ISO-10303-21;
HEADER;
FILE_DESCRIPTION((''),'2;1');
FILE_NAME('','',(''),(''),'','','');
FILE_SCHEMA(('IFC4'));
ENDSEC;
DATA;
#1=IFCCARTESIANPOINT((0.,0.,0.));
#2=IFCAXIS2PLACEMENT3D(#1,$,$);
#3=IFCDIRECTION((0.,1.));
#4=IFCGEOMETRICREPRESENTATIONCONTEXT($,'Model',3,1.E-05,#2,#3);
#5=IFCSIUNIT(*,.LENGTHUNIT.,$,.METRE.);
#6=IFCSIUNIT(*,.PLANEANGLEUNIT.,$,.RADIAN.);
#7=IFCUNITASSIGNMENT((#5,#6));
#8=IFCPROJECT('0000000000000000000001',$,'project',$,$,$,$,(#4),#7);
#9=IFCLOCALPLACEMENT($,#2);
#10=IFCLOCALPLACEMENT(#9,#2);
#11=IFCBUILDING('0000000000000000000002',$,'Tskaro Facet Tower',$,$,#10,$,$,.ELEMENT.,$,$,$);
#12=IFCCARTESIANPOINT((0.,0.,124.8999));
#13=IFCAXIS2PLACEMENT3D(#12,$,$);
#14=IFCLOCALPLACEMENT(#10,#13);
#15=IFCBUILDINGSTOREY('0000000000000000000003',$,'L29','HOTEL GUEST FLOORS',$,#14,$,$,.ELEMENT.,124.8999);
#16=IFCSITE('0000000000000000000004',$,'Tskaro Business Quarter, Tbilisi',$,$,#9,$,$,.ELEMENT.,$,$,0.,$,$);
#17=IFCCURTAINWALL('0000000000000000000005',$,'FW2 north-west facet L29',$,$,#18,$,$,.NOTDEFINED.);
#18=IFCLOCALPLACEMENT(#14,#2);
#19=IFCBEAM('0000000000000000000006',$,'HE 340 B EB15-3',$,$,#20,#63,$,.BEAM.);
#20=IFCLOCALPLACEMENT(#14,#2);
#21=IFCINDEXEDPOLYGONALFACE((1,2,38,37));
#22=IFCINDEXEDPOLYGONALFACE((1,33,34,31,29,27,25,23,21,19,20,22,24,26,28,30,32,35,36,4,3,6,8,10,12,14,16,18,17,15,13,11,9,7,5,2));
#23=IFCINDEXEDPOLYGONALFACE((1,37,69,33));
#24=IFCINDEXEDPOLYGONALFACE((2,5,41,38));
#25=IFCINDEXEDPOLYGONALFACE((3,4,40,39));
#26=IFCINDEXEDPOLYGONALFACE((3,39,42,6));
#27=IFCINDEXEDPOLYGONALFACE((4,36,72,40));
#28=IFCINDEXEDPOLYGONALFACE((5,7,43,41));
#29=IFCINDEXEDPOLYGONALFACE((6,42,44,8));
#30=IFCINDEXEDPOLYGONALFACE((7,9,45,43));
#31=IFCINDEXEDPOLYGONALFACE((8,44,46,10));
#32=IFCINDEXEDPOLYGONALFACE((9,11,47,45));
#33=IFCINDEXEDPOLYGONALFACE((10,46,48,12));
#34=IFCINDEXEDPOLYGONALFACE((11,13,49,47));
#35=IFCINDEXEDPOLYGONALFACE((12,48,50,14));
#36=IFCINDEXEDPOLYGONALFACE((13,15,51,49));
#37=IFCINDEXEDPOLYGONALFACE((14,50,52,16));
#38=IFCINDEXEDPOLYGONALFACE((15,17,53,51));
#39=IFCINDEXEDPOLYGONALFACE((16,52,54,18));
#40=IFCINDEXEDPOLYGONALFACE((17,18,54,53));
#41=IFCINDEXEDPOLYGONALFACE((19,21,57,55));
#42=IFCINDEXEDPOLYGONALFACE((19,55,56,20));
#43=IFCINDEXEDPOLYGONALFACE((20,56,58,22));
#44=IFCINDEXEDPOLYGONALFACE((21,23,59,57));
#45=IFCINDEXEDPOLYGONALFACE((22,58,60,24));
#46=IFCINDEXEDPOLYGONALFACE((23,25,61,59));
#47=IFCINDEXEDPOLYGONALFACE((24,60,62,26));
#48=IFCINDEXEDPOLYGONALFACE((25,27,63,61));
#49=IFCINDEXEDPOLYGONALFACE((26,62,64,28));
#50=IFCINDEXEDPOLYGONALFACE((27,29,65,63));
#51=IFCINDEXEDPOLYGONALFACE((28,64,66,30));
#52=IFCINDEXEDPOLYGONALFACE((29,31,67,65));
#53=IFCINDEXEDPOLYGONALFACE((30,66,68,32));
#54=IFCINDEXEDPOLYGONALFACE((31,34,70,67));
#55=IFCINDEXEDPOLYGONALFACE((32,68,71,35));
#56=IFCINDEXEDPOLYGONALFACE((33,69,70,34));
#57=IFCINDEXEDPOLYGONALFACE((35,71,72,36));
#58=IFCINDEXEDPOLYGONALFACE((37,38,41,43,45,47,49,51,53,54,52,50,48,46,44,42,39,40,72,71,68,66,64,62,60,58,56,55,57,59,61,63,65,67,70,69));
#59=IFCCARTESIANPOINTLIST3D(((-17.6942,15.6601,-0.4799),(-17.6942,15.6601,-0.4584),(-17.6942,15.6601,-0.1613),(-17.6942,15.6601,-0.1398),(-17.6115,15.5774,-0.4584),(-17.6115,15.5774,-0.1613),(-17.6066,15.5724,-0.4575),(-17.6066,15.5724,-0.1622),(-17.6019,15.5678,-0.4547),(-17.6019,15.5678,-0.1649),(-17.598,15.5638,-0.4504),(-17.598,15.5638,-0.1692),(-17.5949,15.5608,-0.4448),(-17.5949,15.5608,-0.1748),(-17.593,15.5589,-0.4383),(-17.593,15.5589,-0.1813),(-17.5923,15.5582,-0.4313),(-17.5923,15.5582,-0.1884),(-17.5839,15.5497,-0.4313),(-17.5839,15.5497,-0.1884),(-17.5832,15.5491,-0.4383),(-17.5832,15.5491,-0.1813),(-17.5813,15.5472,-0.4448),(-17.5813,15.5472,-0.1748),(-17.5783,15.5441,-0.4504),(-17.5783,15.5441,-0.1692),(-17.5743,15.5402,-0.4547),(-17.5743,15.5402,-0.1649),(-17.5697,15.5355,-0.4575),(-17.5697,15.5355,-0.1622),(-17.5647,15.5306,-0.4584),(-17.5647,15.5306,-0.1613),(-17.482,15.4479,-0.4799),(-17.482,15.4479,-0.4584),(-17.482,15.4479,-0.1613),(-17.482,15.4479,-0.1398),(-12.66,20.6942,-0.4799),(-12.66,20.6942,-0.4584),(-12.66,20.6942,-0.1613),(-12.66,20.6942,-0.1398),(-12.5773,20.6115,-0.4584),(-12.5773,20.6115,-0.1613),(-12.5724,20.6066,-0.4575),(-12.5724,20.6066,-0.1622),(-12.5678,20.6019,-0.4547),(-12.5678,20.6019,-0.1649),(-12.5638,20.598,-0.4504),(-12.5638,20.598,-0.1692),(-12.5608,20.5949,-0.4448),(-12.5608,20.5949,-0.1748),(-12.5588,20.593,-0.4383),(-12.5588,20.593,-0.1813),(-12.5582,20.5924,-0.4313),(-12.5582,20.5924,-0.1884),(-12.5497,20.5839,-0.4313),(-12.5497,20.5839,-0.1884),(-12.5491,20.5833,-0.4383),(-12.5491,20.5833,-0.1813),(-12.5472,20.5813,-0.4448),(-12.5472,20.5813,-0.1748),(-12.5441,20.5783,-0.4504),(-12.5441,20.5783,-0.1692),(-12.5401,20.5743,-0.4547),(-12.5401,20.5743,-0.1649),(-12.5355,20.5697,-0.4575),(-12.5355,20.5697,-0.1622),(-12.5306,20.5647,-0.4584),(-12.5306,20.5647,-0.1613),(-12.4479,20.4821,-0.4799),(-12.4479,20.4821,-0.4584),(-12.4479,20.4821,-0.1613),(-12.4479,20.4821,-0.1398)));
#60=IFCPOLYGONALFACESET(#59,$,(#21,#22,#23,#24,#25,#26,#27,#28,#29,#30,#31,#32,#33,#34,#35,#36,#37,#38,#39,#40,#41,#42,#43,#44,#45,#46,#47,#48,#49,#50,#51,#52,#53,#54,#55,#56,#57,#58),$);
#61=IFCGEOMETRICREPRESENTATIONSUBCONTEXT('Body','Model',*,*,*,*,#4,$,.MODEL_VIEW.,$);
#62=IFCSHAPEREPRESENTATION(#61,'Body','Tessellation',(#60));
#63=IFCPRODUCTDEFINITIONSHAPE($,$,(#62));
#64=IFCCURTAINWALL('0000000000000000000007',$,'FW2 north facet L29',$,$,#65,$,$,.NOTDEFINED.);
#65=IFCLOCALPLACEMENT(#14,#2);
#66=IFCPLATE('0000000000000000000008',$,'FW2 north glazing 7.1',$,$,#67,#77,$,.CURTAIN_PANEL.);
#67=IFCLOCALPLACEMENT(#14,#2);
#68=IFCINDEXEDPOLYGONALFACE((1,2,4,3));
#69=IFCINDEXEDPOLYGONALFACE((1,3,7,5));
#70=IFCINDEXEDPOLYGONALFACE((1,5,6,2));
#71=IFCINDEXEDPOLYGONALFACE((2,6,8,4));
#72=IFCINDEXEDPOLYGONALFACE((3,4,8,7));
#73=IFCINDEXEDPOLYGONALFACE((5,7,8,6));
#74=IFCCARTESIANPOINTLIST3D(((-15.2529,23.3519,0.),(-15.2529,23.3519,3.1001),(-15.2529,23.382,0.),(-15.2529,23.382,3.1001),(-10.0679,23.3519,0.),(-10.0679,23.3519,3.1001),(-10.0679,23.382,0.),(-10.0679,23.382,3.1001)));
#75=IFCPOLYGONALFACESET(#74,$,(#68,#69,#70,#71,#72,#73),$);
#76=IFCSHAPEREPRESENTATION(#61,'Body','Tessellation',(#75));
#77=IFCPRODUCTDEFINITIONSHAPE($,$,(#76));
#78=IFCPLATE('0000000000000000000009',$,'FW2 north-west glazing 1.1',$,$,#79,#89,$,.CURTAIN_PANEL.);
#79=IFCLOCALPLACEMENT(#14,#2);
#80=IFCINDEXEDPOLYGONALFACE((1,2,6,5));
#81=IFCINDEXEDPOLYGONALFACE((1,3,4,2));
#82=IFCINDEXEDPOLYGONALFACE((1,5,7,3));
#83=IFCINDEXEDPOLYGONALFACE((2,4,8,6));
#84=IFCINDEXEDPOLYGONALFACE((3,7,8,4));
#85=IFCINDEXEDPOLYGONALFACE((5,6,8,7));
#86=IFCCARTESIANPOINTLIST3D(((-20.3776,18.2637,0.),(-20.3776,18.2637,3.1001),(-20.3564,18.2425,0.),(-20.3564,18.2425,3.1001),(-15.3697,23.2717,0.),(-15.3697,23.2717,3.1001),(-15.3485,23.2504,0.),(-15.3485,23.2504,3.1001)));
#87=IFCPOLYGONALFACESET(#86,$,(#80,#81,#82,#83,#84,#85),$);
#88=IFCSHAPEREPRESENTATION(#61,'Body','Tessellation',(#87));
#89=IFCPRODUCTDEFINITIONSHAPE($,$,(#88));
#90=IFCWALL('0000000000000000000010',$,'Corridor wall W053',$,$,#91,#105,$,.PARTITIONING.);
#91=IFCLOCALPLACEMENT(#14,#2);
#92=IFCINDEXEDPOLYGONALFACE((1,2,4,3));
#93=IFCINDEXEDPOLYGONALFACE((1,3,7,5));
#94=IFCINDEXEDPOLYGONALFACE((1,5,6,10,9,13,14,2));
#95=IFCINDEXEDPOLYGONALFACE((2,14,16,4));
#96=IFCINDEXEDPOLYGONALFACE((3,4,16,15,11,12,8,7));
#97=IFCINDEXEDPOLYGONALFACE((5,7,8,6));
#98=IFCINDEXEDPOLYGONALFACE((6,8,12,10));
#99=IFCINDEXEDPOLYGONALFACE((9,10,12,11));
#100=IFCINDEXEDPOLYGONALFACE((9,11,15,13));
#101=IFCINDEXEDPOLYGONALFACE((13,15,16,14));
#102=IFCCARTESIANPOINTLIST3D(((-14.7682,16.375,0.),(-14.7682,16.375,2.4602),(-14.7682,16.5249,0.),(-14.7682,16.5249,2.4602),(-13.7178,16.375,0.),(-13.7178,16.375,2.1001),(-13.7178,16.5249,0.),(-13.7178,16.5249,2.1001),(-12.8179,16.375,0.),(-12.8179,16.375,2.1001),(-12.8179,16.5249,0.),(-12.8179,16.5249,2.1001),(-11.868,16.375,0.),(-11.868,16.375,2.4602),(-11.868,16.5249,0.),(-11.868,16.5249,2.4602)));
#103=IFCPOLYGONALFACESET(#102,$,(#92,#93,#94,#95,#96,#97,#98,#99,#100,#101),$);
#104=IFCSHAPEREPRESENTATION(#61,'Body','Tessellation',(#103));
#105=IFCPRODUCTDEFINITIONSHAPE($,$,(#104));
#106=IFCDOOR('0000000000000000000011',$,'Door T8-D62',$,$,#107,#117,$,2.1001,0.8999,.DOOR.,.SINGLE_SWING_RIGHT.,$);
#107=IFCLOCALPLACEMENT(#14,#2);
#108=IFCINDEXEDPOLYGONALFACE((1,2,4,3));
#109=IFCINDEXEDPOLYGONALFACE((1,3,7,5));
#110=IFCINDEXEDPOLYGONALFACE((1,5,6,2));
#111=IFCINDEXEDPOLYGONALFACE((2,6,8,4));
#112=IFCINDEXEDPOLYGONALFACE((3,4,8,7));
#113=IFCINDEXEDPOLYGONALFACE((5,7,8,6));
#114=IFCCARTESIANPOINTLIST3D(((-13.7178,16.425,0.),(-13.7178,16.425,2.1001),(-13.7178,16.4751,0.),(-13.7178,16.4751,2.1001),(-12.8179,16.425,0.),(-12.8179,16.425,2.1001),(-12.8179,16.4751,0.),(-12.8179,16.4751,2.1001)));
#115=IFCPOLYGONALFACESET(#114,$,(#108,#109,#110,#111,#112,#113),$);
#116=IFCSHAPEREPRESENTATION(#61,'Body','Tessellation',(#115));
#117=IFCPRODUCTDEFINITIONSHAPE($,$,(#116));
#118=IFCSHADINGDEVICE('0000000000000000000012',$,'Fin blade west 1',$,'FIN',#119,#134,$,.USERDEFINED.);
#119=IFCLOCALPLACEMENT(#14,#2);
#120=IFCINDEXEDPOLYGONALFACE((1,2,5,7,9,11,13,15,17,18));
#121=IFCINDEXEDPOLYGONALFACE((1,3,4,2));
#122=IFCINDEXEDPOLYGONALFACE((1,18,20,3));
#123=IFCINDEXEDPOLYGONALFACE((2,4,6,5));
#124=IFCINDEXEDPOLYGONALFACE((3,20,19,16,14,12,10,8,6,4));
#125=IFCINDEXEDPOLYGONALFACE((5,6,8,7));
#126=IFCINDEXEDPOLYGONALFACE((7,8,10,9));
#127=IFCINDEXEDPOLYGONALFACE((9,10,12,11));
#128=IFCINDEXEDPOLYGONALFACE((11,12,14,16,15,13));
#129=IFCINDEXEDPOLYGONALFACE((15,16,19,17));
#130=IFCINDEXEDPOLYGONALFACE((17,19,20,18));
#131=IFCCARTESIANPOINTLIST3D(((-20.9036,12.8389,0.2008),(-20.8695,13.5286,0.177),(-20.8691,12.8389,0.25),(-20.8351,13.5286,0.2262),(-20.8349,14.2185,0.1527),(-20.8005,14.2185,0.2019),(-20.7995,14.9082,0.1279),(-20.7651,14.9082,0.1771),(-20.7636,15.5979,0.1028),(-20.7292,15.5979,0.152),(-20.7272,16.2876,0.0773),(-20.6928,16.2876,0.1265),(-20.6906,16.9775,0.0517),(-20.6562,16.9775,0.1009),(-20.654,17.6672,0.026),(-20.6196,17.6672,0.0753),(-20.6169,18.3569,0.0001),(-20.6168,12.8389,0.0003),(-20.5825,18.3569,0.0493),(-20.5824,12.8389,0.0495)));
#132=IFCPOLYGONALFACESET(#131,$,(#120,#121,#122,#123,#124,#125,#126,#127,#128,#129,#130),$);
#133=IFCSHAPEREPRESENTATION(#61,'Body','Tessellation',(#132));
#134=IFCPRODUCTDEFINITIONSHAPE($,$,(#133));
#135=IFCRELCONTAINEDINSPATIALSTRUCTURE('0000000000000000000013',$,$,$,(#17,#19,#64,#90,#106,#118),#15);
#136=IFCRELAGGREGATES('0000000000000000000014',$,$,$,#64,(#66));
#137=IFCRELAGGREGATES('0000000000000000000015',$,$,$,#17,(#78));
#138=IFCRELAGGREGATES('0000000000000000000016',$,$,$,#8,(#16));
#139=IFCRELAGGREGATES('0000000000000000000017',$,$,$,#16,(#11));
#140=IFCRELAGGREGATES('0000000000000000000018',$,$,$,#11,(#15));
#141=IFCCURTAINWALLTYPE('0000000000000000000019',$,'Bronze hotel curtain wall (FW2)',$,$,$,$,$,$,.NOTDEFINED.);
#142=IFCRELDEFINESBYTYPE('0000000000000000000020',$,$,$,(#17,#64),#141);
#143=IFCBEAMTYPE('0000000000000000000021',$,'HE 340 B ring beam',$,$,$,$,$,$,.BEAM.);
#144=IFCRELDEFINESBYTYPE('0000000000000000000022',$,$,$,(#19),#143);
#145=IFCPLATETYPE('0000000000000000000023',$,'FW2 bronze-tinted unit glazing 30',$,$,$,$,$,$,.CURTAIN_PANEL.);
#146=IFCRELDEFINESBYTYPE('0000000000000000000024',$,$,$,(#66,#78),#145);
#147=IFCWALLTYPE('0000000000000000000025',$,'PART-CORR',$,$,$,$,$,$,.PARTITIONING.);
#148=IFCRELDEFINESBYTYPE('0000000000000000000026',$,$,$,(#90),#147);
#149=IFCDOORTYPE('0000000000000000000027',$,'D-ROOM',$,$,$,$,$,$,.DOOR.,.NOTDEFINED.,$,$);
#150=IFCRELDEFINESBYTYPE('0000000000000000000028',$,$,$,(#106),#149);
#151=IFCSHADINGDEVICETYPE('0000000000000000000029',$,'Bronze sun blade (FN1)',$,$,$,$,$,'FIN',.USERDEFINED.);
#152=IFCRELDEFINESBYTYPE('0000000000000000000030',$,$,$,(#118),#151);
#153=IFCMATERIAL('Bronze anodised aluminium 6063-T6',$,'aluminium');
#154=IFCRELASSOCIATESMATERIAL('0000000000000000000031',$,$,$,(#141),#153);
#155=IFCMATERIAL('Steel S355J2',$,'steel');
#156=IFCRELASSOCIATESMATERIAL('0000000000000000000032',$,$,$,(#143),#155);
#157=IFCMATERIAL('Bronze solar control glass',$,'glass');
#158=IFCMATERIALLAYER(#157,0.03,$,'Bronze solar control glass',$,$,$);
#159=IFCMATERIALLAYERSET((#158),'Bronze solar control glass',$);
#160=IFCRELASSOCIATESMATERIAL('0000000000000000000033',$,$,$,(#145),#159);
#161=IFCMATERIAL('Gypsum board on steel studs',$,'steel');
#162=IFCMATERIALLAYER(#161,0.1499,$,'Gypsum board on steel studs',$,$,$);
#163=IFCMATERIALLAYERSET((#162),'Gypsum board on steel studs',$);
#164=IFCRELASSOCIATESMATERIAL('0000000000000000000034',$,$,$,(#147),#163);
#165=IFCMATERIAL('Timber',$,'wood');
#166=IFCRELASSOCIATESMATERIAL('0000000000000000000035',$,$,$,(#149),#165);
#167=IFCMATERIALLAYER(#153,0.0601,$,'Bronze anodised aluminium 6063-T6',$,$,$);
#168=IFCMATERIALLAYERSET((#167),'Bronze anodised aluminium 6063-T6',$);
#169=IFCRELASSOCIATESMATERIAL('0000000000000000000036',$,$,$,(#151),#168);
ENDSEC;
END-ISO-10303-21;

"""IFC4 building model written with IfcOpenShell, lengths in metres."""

from ifc_helpers import new_model, si_unit, direction, frame, frame_2d, origin, origin_2d, place, context, subcontext, project, spatial, polyline, rectangle, i_section, outline, extrude, material, layer, layer_set, material_profile, profile_set, type_object, element, fill, aggregate, save


model = new_model("IFC4")

# Units and contexts
model_context = context("Model", 3, precision=1e-05, world=origin(), true_north=direction((0.0, 1.0)))
body_context = subcontext(model_context, "Body", "Model", "MODEL_VIEW")
ifc_project = project(units=[si_unit("LENGTHUNIT", "METRE"), si_unit("PLANEANGLEUNIT", "RADIAN")], contexts=[model_context])

# Site, building, storey
site_placement = place(None, origin())
site = spatial("IfcSite", under=ifc_project, at=site_placement, Name="Tskaro Business Quarter, Tbilisi", CompositionType="ELEMENT", RefElevation=0.0)
building_placement = place(site_placement, origin())
building = spatial("IfcBuilding", under=site, at=building_placement, Name="Tskaro Facet Tower", CompositionType="ELEMENT")
storey_placement = place(building_placement, frame((0.0, 0.0, 124.8999)))
storey = spatial("IfcBuildingStorey", under=building, at=storey_placement, Name="L29", Description="HOTEL GUEST FLOORS", CompositionType="ELEMENT", Elevation=124.8999)

# Curtain wall
ifc_material_1 = material(Name="Bronze anodised aluminium 6063-T6", Category="aluminium")
curtain_wall_type = type_object("IfcCurtainWallType", Name="Bronze hotel curtain wall (FW2)", PredefinedType="NOTDEFINED", material=ifc_material_1)
curtain_wall_1_placement = place(storey_placement, origin())
curtain_wall_1 = element("IfcCurtainWall", 1, at=curtain_wall_1_placement, inside=storey, type_object=curtain_wall_type, Name="FW2 north-west facet L29", PredefinedType="NOTDEFINED")

# Beam
ifc_material_2 = material(Name="Steel S355J2", Category="steel")
ifc_material_profile_1 = material_profile(ifc_material_2, i_section(OverallWidth=0.3, OverallDepth=0.3401, WebThickness=0.012, FlangeThickness=0.0215, FilletRadius=0.0271, at=origin_2d()), Name="HE 340 B")
ifc_profile_set_1 = profile_set([ifc_material_profile_1], Name="Steel S355J2")
beam_type = type_object("IfcBeamType", Name="HE 340 B ring beam", PredefinedType="BEAM", material=ifc_profile_set_1)
beam_placement = place(storey_placement, frame((-12.554, 20.5881, -0.3098), z_axis=(-0.707107, -0.707107, 0.0), x_axis=(0.707107, -0.707107, 0.0)))
element("IfcBeam", 2, at=beam_placement, inside=storey, type_object=beam_type, Name="HE 340 B EB15-3", PredefinedType="BEAM", context=body_context, shape_type="SweptSolid", body=[
    extrude(i_section(OverallWidth=0.3, OverallDepth=0.3401, WebThickness=0.012, FlangeThickness=0.0215, FilletRadius=0.0271, at=origin_2d()), origin(), (0.0, 0.0, 1.0), 7.1194),
])

# Curtain wall, plate
curtain_wall_2_placement = place(storey_placement, origin())
curtain_wall_2 = element("IfcCurtainWall", 3, at=curtain_wall_2_placement, inside=storey, type_object=curtain_wall_type, Name="FW2 north facet L29", PredefinedType="NOTDEFINED")
ifc_material_3 = material(Name="Bronze solar control glass", Category="glass")
ifc_layer_1 = layer(ifc_material_3, 0.03, Name="Bronze solar control glass")
ifc_layer_set_1 = layer_set([ifc_layer_1], Name="Bronze solar control glass")
plate_type = type_object("IfcPlateType", Name="FW2 bronze-tinted unit glazing 30", PredefinedType="CURTAIN_PANEL", material=ifc_layer_set_1)
plate_1_placement = place(storey_placement, frame((-12.6604, 23.3669, 0.0), z_axis=(0.0, 0.0, 1.0), x_axis=(-1.0, 0.0, 0.0)))
plate_1 = element("IfcPlate", 4, at=plate_1_placement, type_object=plate_type, Name="FW2 north glazing 7.1", PredefinedType="CURTAIN_PANEL", context=body_context, shape_type="SweptSolid", body=[
    extrude(rectangle(XDim=5.1851, YDim=0.03, at=origin_2d()), origin(), (0.0, 0.0, 1.0), 3.1001),
])
aggregate(curtain_wall_2, [plate_1])

# Plate
plate_2_placement = place(storey_placement, frame((-17.863, 20.7571, 0.0), z_axis=(0.0, 0.0, 1.0), x_axis=(-0.707107, -0.707107, 0.0)))
plate_2 = element("IfcPlate", 5, at=plate_2_placement, type_object=plate_type, Name="FW2 north-west glazing 1.1", PredefinedType="CURTAIN_PANEL", context=body_context, shape_type="SweptSolid", body=[
    extrude(rectangle(XDim=7.0823, YDim=0.03, at=origin_2d()), origin(), (0.0, 0.0, 1.0), 3.1001),
])
aggregate(curtain_wall_1, [plate_2])

# Wall, opening, door
ifc_material_4 = material(Name="Gypsum board on steel studs", Category="steel")
ifc_layer_2 = layer(ifc_material_4, 0.1499, Name="Gypsum board on steel studs")
ifc_layer_set_2 = layer_set([ifc_layer_2], Name="Gypsum board on steel studs")
wall_type = type_object("IfcWallType", Name="PART-CORR", PredefinedType="PARTITIONING", material=ifc_layer_set_2)
wall_placement = place(storey_placement, frame((-11.8679, 16.45, 0.0), z_axis=(0.0, 0.0, 1.0), x_axis=(-1.0, 0.0, 0.0)))
wall = element("IfcWall", 6, at=wall_placement, inside=storey, type_object=wall_type, Name="Corridor wall W053", PredefinedType="PARTITIONING", context=body_context, shape_type="SweptSolid", body=[
    extrude(rectangle(XDim=2.9001, YDim=0.1499, at=frame_2d((1.4502, 0.0))), origin(), (0.0, 0.0, 1.0), 2.4602),
])
opening_placement = place(wall_placement, frame((0.95, 0.0, 0.0)))
opening = element("IfcOpeningElement", 7, at=opening_placement, cuts=wall, PredefinedType="OPENING", context=body_context, shape_type="SweptSolid", body=[
    extrude(rectangle(XDim=0.8999, YDim=2.1001, at=frame_2d((0.45, 1.05))), frame((0.0, 0.085, 0.0), z_axis=(0.0, -1.0, 0.0), x_axis=(1.0, 0.0, 0.0)), (0.0, 0.0, 1.0), 0.1699),
])
ifc_material_5 = material(Name="Timber", Category="wood")
door_type = type_object("IfcDoorType", Name="D-ROOM", OperationType="NOTDEFINED", PredefinedType="DOOR", material=ifc_material_5)
door_placement = place(opening_placement, origin())
door = element("IfcDoor", 8, at=door_placement, inside=storey, type_object=door_type, Name="Door T8-D62", OperationType="SINGLE_SWING_RIGHT", OverallHeight=2.1001, OverallWidth=0.8999, PredefinedType="DOOR", context=body_context, shape_type="SweptSolid", body=[
    extrude(rectangle(XDim=0.8999, YDim=2.1001, at=frame_2d((0.45, 1.05))), frame((0.0, 0.0249, 0.0), z_axis=(0.0, -1.0, 0.0), x_axis=(1.0, 0.0, 0.0)), (0.0, 0.0, 1.0), 0.05),
])
fill(opening, door)

# Shading device
ifc_layer_3 = layer(ifc_material_1, 0.0601, Name="Bronze anodised aluminium 6063-T6")
ifc_layer_set_3 = layer_set([ifc_layer_3], Name="Bronze anodised aluminium 6063-T6")
shading_device_type = type_object("IfcShadingDeviceType", Name="Bronze sun blade (FN1)", ElementType="FIN", PredefinedType="USERDEFINED", material=ifc_layer_set_3)
shading_device_placement = place(storey_placement, frame((-20.5825, 18.3569, 0.0493), z_axis=(0.573116, 0.000034, 0.819474), x_axis=(0.000019, -1.0, 0.000028)))
element("IfcShadingDevice", 9, at=shading_device_placement, inside=storey, type_object=shading_device_type, Name="Fin blade west 1", ObjectType="FIN", PredefinedType="USERDEFINED", context=body_context, shape_type="SweptSolid", body=[
    extrude(outline(polyline([(0.0, 0.0), (5.5181, 0.0), (5.5181, -0.3499), (4.8284, -0.3084), (4.1384, -0.2661), (3.4487, -0.2228), (2.759, -0.179), (2.0693, -0.1346), (1.3794, -0.0899), (0.6897, -0.0452), (0.0, 0.0)])), origin(), (0.0, 0.0, -1.0), 0.0601),
])

save(model, "model.ifc")
